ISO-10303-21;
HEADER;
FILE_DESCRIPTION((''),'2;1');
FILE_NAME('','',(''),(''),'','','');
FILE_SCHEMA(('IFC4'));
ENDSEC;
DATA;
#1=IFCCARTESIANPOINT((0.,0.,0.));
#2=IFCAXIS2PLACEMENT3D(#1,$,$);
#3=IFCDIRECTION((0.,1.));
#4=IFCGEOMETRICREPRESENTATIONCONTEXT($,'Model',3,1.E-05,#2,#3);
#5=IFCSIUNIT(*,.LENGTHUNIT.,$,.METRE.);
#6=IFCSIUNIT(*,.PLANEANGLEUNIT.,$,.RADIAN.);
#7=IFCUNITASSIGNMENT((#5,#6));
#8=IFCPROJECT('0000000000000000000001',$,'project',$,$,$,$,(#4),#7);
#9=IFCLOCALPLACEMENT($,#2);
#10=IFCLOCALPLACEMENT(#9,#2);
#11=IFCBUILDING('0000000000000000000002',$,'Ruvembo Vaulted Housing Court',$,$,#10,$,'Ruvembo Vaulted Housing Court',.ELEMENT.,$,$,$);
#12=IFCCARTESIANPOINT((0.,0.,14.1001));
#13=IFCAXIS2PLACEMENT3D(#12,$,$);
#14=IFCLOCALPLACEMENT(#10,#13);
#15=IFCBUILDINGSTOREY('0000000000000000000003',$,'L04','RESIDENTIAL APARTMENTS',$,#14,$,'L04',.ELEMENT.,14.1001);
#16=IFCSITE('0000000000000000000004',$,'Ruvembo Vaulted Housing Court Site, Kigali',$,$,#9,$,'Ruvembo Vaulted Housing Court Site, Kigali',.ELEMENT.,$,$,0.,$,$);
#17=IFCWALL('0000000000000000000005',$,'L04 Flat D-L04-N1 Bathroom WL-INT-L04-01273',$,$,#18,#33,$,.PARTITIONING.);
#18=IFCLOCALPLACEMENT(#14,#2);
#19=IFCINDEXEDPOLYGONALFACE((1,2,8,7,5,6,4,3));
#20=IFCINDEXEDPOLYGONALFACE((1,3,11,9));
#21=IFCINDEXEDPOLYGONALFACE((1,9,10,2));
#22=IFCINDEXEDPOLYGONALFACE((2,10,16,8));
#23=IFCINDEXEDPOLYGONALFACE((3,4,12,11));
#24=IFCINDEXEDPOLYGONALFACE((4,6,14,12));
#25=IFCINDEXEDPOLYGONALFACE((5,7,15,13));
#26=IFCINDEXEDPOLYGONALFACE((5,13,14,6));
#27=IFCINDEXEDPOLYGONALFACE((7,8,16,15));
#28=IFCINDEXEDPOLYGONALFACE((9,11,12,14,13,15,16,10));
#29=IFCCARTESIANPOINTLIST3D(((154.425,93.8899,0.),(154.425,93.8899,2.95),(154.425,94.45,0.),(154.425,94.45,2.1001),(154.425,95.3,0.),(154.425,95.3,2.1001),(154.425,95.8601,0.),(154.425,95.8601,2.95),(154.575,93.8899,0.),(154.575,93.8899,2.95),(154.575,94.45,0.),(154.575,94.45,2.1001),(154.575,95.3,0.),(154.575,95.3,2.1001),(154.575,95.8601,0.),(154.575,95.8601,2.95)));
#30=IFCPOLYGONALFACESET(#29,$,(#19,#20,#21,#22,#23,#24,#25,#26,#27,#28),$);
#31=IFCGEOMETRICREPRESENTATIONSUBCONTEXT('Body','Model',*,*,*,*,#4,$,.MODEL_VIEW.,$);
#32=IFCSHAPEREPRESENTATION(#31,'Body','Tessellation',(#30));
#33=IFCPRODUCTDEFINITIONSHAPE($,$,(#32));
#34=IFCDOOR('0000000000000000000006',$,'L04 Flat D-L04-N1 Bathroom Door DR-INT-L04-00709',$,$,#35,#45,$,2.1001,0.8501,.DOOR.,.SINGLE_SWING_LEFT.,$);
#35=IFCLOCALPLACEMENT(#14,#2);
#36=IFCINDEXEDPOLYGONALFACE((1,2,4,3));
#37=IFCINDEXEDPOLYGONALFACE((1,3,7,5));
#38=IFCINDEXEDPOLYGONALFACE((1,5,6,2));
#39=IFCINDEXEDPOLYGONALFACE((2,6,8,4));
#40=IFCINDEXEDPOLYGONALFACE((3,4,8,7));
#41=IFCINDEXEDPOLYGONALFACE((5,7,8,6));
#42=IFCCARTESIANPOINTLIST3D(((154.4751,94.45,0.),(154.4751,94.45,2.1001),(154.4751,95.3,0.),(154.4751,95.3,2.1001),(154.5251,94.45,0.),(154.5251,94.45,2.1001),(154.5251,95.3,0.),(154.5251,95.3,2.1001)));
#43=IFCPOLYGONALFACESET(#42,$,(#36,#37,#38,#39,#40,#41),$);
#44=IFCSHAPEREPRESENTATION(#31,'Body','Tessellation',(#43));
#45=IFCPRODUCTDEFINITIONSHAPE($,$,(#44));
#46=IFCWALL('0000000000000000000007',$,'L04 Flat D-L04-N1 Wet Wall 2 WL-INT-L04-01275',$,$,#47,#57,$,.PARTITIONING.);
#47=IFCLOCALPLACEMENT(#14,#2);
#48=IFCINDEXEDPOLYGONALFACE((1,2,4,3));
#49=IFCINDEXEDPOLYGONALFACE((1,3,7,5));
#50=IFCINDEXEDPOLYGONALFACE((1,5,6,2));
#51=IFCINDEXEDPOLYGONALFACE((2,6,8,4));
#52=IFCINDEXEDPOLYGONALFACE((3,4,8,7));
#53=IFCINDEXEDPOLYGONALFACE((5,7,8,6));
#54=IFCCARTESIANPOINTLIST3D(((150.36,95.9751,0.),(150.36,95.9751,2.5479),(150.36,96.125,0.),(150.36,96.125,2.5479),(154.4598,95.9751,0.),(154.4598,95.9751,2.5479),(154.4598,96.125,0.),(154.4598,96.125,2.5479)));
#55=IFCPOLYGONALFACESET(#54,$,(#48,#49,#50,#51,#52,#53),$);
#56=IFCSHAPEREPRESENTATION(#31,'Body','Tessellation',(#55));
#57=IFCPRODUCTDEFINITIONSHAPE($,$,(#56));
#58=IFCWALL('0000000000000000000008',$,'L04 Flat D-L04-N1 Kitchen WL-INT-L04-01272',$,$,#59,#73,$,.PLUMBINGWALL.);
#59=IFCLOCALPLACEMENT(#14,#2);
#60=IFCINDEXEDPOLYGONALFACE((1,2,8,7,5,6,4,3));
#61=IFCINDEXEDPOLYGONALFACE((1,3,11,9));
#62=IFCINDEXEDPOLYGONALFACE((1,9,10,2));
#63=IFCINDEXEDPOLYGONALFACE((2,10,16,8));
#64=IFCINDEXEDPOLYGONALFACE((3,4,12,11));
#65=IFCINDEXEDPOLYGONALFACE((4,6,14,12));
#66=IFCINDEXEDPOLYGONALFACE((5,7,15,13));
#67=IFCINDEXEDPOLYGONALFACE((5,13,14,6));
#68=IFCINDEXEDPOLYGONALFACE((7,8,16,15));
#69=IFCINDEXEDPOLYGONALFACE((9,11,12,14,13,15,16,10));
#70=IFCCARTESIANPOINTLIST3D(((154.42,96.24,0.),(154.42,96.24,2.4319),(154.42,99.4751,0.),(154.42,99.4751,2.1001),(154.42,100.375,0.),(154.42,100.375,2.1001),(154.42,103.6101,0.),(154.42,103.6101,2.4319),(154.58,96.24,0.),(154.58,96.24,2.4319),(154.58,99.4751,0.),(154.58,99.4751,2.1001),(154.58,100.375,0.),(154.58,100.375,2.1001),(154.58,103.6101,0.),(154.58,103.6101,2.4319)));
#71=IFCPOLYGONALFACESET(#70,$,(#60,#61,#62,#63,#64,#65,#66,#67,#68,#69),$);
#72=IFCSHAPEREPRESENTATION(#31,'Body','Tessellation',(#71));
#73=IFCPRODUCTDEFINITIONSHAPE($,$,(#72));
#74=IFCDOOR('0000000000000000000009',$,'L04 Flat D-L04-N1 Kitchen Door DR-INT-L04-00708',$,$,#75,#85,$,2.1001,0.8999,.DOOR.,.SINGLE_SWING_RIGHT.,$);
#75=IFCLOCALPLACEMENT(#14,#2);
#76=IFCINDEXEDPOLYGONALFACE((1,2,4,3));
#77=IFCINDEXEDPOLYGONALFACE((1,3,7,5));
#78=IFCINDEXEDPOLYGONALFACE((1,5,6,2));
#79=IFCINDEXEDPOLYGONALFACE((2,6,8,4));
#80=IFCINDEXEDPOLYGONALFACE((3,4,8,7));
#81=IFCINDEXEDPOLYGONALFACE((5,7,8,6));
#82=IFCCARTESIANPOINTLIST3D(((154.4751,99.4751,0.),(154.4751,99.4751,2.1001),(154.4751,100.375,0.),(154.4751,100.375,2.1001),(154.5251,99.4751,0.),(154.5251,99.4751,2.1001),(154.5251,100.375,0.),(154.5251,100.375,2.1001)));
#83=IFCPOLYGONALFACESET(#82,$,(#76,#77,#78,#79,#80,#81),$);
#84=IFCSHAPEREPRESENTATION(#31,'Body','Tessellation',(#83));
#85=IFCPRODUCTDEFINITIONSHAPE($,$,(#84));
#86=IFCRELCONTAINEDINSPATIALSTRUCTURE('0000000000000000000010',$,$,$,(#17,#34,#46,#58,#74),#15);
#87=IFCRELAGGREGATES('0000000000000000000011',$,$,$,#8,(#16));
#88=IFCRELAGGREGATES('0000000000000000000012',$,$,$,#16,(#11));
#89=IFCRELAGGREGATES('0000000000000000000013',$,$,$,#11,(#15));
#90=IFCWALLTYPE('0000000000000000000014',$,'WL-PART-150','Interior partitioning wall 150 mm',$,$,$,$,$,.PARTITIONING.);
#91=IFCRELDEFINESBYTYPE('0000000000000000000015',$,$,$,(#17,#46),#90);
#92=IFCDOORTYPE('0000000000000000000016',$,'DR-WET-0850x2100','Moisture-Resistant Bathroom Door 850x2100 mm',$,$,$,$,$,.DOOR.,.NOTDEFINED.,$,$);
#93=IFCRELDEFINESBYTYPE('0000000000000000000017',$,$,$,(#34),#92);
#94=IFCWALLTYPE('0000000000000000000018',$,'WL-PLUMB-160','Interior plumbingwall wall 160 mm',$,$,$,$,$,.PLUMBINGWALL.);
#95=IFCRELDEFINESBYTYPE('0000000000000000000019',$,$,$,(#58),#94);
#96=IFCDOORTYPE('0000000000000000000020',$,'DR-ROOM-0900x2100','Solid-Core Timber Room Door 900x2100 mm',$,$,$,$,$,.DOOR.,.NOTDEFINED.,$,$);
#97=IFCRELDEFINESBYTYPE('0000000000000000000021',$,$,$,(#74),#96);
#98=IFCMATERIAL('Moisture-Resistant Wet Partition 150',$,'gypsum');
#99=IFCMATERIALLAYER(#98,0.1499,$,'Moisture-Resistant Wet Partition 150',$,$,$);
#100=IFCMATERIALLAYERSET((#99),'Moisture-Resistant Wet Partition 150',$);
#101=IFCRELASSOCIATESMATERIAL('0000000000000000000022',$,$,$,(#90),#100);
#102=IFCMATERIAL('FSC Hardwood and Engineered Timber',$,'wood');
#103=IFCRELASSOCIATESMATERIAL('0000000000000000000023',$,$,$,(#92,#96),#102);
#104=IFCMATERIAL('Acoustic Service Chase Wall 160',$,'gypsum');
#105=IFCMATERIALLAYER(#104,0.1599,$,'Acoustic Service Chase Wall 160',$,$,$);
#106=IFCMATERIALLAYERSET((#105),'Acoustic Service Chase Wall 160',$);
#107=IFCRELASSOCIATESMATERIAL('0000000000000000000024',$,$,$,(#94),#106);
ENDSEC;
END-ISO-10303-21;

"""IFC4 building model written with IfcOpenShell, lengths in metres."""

from ifc_helpers import new_model, si_unit, direction, frame, frame_2d, origin, place, context, subcontext, project, spatial, rectangle, extrude, material, layer, layer_set, type_object, element, fill, save


model = new_model("IFC4")

# Units and contexts
model_context = context("Model", 3, precision=1e-05, world=origin(), true_north=direction((0.0, 1.0)))
body_context = subcontext(model_context, "Body", "Model", "MODEL_VIEW")
ifc_project = project(units=[si_unit("LENGTHUNIT", "METRE"), si_unit("PLANEANGLEUNIT", "RADIAN")], contexts=[model_context])

# Site, building, storey
site_placement = place(None, origin())
site = spatial("IfcSite", under=ifc_project, at=site_placement, Name="Ruvembo Vaulted Housing Court Site, Kigali", LongName="Ruvembo Vaulted Housing Court Site, Kigali", CompositionType="ELEMENT", RefElevation=0.0)
building_placement = place(site_placement, origin())
building = spatial("IfcBuilding", under=site, at=building_placement, Name="Ruvembo Vaulted Housing Court", LongName="Ruvembo Vaulted Housing Court", CompositionType="ELEMENT")
storey_placement = place(building_placement, frame((0.0, 0.0, 14.1001)))
storey = spatial("IfcBuildingStorey", under=building, at=storey_placement, Name="L04", Description="RESIDENTIAL APARTMENTS", LongName="L04", CompositionType="ELEMENT", Elevation=14.1001)

# Shared definitions
ifc_material_1 = material(Name="FSC Hardwood and Engineered Timber", Category="wood")

# Wall, opening, door
ifc_material_2 = material(Name="Moisture-Resistant Wet Partition 150", Category="gypsum")
ifc_layer_1 = layer(ifc_material_2, 0.1499, Name="Moisture-Resistant Wet Partition 150")
ifc_layer_set_1 = layer_set([ifc_layer_1], Name="Moisture-Resistant Wet Partition 150")
wall_type_1 = type_object("IfcWallType", Name="WL-PART-150", Description="Interior partitioning wall 150 mm", PredefinedType="PARTITIONING", material=ifc_layer_set_1)
wall_1_placement = place(storey_placement, frame((154.5, 93.8899, 0.0), z_axis=(0.0, 0.0, 1.0), x_axis=(0.0, 1.0, 0.0)))
wall_1 = element("IfcWall", 1, at=wall_1_placement, inside=storey, type_object=wall_type_1, Name="L04 Flat D-L04-N1 Bathroom WL-INT-L04-01273", PredefinedType="PARTITIONING", context=body_context, shape_type="SweptSolid", body=[
    extrude(rectangle(XDim=1.9702, YDim=0.1499, at=frame_2d((0.9851, 0.0))), origin(), (0.0, 0.0, 1.0), 2.95),
])
opening_1_placement = place(wall_1_placement, frame((0.5601, 0.0, 0.0)))
opening_1 = element("IfcOpeningElement", 2, at=opening_1_placement, cuts=wall_1, PredefinedType="OPENING", context=body_context, shape_type="SweptSolid", body=[
    extrude(rectangle(XDim=0.8501, YDim=2.1001, at=frame_2d((0.425, 1.05))), frame((0.0, 0.085, 0.0), z_axis=(0.0, -1.0, 0.0), x_axis=(1.0, 0.0, 0.0)), (0.0, 0.0, 1.0), 0.1699),
])
door_type_1 = type_object("IfcDoorType", Name="DR-WET-0850x2100", Description="Moisture-Resistant Bathroom Door 850x2100 mm", OperationType="NOTDEFINED", PredefinedType="DOOR", material=ifc_material_1)
door_1_placement = place(opening_1_placement, origin())
door_1 = element("IfcDoor", 3, at=door_1_placement, inside=storey, type_object=door_type_1, Name="L04 Flat D-L04-N1 Bathroom Door DR-INT-L04-00709", OperationType="SINGLE_SWING_LEFT", OverallHeight=2.1001, OverallWidth=0.8501, PredefinedType="DOOR", context=body_context, shape_type="SweptSolid", body=[
    extrude(rectangle(XDim=0.8501, YDim=2.1001, at=frame_2d((0.425, 1.05))), frame((0.0, 0.0249, 0.0), z_axis=(0.0, -1.0, 0.0), x_axis=(1.0, 0.0, 0.0)), (0.0, 0.0, 1.0), 0.05),
])
fill(opening_1, door_1)

# Wall
wall_2_placement = place(storey_placement, frame((150.3601, 96.05, 0.0), z_axis=(0.0, 0.0, 1.0), x_axis=(1.0, 0.0, 0.0)))
element("IfcWall", 4, at=wall_2_placement, inside=storey, type_object=wall_type_1, Name="L04 Flat D-L04-N1 Wet Wall 2 WL-INT-L04-01275", PredefinedType="PARTITIONING", context=body_context, shape_type="SweptSolid", body=[
    extrude(rectangle(XDim=4.0999, YDim=0.1499, at=frame_2d((2.0498, 0.0))), origin(), (0.0, 0.0, 1.0), 2.5479),
])

# Wall, opening, door
ifc_material_3 = material(Name="Acoustic Service Chase Wall 160", Category="gypsum")
ifc_layer_2 = layer(ifc_material_3, 0.1599, Name="Acoustic Service Chase Wall 160")
ifc_layer_set_2 = layer_set([ifc_layer_2], Name="Acoustic Service Chase Wall 160")
wall_type_2 = type_object("IfcWallType", Name="WL-PLUMB-160", Description="Interior plumbingwall wall 160 mm", PredefinedType="PLUMBINGWALL", material=ifc_layer_set_2)
wall_3_placement = place(storey_placement, frame((154.5, 96.24, 0.0), z_axis=(0.0, 0.0, 1.0), x_axis=(0.0, 1.0, 0.0)))
wall_3 = element("IfcWall", 5, at=wall_3_placement, inside=storey, type_object=wall_type_2, Name="L04 Flat D-L04-N1 Kitchen WL-INT-L04-01272", PredefinedType="PLUMBINGWALL", context=body_context, shape_type="SweptSolid", body=[
    extrude(rectangle(XDim=7.3701, YDim=0.1599, at=frame_2d((3.6851, 0.0))), origin(), (0.0, 0.0, 1.0), 2.4319),
])
opening_2_placement = place(wall_3_placement, frame((3.2351, 0.0, 0.0)))
opening_2 = element("IfcOpeningElement", 6, at=opening_2_placement, cuts=wall_3, PredefinedType="OPENING", context=body_context, shape_type="SweptSolid", body=[
    extrude(rectangle(XDim=0.8999, YDim=2.1001, at=frame_2d((0.45, 1.05))), frame((0.0, 0.0898, 0.0), z_axis=(0.0, -1.0, 0.0), x_axis=(1.0, 0.0, 0.0)), (0.0, 0.0, 1.0), 0.1799),
])
door_type_2 = type_object("IfcDoorType", Name="DR-ROOM-0900x2100", Description="Solid-Core Timber Room Door 900x2100 mm", OperationType="NOTDEFINED", PredefinedType="DOOR", material=ifc_material_1)
door_2_placement = place(opening_2_placement, origin())
door_2 = element("IfcDoor", 7, at=door_2_placement, inside=storey, type_object=door_type_2, Name="L04 Flat D-L04-N1 Kitchen Door DR-INT-L04-00708", OperationType="SINGLE_SWING_RIGHT", OverallHeight=2.1001, OverallWidth=0.8999, PredefinedType="DOOR", context=body_context, shape_type="SweptSolid", body=[
    extrude(rectangle(XDim=0.8999, YDim=2.1001, at=frame_2d((0.45, 1.05))), frame((0.0, 0.0249, 0.0), z_axis=(0.0, -1.0, 0.0), x_axis=(1.0, 0.0, 0.0)), (0.0, 0.0, 1.0), 0.05),
])
fill(opening_2, door_2)

save(model, "model.ifc")
